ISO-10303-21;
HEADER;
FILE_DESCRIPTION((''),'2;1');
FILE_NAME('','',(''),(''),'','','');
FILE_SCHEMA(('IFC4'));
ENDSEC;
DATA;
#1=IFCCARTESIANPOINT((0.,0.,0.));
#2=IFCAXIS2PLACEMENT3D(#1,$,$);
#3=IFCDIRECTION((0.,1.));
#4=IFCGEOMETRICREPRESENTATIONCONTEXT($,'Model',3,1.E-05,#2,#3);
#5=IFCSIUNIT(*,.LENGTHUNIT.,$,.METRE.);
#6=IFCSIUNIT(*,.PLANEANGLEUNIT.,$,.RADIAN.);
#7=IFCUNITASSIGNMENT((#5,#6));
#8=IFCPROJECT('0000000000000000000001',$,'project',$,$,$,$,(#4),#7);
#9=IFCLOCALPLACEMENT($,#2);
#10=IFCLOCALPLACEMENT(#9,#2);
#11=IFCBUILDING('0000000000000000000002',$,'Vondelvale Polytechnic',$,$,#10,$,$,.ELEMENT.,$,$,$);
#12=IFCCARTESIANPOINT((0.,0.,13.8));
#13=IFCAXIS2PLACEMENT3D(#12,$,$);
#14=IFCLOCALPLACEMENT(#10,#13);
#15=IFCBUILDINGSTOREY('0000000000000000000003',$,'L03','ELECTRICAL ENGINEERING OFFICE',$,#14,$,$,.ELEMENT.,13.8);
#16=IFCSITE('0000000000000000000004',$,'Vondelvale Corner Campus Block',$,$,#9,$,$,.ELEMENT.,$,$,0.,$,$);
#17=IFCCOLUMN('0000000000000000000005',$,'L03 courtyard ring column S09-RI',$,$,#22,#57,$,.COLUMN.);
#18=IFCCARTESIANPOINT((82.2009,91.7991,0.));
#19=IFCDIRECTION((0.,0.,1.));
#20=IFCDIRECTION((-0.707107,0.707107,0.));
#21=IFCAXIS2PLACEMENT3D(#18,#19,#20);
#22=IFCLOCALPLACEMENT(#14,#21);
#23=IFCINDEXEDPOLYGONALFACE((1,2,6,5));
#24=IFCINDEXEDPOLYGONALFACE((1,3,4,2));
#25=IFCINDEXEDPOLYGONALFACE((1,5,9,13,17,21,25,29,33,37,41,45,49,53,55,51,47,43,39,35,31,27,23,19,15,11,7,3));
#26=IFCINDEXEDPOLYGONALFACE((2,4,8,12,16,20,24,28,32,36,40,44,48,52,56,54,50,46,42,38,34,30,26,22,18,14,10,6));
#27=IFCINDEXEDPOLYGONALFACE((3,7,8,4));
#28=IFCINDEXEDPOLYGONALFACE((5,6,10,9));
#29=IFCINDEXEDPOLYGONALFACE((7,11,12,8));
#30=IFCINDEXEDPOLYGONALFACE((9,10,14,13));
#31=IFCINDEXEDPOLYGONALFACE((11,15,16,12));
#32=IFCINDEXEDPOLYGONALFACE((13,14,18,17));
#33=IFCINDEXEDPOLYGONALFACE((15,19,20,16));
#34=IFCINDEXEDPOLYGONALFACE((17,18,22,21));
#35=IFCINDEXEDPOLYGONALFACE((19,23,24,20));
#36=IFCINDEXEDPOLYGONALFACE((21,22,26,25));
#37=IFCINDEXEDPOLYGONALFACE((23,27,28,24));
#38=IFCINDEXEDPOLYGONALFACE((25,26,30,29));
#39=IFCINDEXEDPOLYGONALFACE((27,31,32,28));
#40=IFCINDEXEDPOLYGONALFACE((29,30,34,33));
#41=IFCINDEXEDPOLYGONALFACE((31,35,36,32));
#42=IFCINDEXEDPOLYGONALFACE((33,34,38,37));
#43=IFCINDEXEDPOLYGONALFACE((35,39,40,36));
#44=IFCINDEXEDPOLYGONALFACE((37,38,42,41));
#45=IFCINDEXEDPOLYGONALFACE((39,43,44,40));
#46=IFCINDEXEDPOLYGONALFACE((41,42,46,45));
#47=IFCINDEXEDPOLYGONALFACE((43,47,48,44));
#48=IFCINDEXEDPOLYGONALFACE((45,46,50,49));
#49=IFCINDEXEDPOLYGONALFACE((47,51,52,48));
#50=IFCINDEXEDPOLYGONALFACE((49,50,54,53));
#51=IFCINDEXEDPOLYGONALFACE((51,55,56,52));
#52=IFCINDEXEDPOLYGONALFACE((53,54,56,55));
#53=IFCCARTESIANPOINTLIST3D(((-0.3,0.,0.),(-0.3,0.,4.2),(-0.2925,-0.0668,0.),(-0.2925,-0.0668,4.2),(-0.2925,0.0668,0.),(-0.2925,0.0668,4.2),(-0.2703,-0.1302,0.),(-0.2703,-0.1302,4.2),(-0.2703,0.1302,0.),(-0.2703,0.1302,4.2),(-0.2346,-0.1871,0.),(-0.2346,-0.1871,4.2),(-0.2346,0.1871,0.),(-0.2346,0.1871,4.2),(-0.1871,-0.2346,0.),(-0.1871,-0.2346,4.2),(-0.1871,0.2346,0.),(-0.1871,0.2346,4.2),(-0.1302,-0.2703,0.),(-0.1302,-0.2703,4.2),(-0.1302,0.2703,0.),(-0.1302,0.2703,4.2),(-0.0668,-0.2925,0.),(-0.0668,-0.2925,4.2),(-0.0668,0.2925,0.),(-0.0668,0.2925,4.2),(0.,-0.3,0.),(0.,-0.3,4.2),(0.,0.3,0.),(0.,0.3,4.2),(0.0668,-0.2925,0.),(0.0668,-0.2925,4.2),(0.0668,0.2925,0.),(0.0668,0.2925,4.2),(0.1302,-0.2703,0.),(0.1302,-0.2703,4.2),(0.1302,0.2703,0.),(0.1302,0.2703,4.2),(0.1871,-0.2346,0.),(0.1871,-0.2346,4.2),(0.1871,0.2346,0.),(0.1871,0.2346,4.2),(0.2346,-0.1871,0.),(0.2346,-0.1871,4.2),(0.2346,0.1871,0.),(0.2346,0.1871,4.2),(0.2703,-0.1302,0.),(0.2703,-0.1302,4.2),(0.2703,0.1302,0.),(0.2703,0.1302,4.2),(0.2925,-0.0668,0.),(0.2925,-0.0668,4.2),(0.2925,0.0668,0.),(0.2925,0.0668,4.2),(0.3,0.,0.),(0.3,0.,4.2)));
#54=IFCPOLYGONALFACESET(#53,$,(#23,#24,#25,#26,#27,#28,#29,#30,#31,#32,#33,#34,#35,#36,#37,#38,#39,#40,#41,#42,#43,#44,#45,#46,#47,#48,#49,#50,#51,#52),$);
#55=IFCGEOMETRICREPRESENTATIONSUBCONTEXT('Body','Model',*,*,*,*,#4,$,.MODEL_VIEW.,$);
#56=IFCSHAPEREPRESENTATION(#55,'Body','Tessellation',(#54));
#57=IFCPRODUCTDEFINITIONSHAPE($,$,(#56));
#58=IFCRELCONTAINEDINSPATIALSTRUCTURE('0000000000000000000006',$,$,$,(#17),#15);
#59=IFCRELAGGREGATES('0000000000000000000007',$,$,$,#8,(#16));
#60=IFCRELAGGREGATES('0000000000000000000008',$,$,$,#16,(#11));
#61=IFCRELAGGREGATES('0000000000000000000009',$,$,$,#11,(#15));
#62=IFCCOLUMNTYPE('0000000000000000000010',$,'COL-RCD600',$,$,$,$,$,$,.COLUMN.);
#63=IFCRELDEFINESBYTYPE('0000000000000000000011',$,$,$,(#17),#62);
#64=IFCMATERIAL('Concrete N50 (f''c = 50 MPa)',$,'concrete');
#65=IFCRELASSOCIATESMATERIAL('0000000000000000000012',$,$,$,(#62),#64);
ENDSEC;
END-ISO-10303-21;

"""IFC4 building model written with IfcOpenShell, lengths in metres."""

from ifc_helpers import new_model, si_unit, direction, frame, origin, origin_2d, place, context, subcontext, project, spatial, circle, extrude, material, material_profile, profile_set, type_object, element, save


model = new_model("IFC4")

# Units and contexts
model_context = context("Model", 3, precision=1e-05, world=origin(), true_north=direction((0.0, 1.0)))
body_context = subcontext(model_context, "Body", "Model", "MODEL_VIEW")
ifc_project = project(units=[si_unit("LENGTHUNIT", "METRE"), si_unit("PLANEANGLEUNIT", "RADIAN")], contexts=[model_context])

# Site, building, storey
site_placement = place(None, origin())
site = spatial("IfcSite", under=ifc_project, at=site_placement, Name="Vondelvale Corner Campus Block", CompositionType="ELEMENT", RefElevation=0.0)
building_placement = place(site_placement, origin())
building = spatial("IfcBuilding", under=site, at=building_placement, Name="Vondelvale Polytechnic", CompositionType="ELEMENT")
storey_placement = place(building_placement, frame((0.0, 0.0, 13.8)))
storey = spatial("IfcBuildingStorey", under=building, at=storey_placement, Name="L03", Description="ELECTRICAL ENGINEERING OFFICE", CompositionType="ELEMENT", Elevation=13.8)

# Column
ifc_material_1 = material(Name="Concrete N50 (f'c = 50 MPa)", Category="concrete")
ifc_material_profile_1 = material_profile(ifc_material_1, circle(Radius=0.3, at=origin_2d()), Name="RC-COL-D600")
ifc_profile_set_1 = profile_set([ifc_material_profile_1], Name="Concrete N50 (f'c = 50 MPa)")
column_type = type_object("IfcColumnType", Name="COL-RCD600", PredefinedType="COLUMN", material=ifc_profile_set_1)
column_placement = place(storey_placement, frame((82.2009, 91.7991, 0.0), z_axis=(0.0, 0.0, 1.0), x_axis=(-0.707107, 0.707107, 0.0)))
element("IfcColumn", 1, at=column_placement, inside=storey, type_object=column_type, Name="L03 courtyard ring column S09-RI", PredefinedType="COLUMN", context=body_context, shape_type="SweptSolid", body=[
    extrude(circle(Radius=0.3, at=origin_2d()), origin(), (0.0, 0.0, 1.0), 4.2),
])

save(model, "model.ifc")
